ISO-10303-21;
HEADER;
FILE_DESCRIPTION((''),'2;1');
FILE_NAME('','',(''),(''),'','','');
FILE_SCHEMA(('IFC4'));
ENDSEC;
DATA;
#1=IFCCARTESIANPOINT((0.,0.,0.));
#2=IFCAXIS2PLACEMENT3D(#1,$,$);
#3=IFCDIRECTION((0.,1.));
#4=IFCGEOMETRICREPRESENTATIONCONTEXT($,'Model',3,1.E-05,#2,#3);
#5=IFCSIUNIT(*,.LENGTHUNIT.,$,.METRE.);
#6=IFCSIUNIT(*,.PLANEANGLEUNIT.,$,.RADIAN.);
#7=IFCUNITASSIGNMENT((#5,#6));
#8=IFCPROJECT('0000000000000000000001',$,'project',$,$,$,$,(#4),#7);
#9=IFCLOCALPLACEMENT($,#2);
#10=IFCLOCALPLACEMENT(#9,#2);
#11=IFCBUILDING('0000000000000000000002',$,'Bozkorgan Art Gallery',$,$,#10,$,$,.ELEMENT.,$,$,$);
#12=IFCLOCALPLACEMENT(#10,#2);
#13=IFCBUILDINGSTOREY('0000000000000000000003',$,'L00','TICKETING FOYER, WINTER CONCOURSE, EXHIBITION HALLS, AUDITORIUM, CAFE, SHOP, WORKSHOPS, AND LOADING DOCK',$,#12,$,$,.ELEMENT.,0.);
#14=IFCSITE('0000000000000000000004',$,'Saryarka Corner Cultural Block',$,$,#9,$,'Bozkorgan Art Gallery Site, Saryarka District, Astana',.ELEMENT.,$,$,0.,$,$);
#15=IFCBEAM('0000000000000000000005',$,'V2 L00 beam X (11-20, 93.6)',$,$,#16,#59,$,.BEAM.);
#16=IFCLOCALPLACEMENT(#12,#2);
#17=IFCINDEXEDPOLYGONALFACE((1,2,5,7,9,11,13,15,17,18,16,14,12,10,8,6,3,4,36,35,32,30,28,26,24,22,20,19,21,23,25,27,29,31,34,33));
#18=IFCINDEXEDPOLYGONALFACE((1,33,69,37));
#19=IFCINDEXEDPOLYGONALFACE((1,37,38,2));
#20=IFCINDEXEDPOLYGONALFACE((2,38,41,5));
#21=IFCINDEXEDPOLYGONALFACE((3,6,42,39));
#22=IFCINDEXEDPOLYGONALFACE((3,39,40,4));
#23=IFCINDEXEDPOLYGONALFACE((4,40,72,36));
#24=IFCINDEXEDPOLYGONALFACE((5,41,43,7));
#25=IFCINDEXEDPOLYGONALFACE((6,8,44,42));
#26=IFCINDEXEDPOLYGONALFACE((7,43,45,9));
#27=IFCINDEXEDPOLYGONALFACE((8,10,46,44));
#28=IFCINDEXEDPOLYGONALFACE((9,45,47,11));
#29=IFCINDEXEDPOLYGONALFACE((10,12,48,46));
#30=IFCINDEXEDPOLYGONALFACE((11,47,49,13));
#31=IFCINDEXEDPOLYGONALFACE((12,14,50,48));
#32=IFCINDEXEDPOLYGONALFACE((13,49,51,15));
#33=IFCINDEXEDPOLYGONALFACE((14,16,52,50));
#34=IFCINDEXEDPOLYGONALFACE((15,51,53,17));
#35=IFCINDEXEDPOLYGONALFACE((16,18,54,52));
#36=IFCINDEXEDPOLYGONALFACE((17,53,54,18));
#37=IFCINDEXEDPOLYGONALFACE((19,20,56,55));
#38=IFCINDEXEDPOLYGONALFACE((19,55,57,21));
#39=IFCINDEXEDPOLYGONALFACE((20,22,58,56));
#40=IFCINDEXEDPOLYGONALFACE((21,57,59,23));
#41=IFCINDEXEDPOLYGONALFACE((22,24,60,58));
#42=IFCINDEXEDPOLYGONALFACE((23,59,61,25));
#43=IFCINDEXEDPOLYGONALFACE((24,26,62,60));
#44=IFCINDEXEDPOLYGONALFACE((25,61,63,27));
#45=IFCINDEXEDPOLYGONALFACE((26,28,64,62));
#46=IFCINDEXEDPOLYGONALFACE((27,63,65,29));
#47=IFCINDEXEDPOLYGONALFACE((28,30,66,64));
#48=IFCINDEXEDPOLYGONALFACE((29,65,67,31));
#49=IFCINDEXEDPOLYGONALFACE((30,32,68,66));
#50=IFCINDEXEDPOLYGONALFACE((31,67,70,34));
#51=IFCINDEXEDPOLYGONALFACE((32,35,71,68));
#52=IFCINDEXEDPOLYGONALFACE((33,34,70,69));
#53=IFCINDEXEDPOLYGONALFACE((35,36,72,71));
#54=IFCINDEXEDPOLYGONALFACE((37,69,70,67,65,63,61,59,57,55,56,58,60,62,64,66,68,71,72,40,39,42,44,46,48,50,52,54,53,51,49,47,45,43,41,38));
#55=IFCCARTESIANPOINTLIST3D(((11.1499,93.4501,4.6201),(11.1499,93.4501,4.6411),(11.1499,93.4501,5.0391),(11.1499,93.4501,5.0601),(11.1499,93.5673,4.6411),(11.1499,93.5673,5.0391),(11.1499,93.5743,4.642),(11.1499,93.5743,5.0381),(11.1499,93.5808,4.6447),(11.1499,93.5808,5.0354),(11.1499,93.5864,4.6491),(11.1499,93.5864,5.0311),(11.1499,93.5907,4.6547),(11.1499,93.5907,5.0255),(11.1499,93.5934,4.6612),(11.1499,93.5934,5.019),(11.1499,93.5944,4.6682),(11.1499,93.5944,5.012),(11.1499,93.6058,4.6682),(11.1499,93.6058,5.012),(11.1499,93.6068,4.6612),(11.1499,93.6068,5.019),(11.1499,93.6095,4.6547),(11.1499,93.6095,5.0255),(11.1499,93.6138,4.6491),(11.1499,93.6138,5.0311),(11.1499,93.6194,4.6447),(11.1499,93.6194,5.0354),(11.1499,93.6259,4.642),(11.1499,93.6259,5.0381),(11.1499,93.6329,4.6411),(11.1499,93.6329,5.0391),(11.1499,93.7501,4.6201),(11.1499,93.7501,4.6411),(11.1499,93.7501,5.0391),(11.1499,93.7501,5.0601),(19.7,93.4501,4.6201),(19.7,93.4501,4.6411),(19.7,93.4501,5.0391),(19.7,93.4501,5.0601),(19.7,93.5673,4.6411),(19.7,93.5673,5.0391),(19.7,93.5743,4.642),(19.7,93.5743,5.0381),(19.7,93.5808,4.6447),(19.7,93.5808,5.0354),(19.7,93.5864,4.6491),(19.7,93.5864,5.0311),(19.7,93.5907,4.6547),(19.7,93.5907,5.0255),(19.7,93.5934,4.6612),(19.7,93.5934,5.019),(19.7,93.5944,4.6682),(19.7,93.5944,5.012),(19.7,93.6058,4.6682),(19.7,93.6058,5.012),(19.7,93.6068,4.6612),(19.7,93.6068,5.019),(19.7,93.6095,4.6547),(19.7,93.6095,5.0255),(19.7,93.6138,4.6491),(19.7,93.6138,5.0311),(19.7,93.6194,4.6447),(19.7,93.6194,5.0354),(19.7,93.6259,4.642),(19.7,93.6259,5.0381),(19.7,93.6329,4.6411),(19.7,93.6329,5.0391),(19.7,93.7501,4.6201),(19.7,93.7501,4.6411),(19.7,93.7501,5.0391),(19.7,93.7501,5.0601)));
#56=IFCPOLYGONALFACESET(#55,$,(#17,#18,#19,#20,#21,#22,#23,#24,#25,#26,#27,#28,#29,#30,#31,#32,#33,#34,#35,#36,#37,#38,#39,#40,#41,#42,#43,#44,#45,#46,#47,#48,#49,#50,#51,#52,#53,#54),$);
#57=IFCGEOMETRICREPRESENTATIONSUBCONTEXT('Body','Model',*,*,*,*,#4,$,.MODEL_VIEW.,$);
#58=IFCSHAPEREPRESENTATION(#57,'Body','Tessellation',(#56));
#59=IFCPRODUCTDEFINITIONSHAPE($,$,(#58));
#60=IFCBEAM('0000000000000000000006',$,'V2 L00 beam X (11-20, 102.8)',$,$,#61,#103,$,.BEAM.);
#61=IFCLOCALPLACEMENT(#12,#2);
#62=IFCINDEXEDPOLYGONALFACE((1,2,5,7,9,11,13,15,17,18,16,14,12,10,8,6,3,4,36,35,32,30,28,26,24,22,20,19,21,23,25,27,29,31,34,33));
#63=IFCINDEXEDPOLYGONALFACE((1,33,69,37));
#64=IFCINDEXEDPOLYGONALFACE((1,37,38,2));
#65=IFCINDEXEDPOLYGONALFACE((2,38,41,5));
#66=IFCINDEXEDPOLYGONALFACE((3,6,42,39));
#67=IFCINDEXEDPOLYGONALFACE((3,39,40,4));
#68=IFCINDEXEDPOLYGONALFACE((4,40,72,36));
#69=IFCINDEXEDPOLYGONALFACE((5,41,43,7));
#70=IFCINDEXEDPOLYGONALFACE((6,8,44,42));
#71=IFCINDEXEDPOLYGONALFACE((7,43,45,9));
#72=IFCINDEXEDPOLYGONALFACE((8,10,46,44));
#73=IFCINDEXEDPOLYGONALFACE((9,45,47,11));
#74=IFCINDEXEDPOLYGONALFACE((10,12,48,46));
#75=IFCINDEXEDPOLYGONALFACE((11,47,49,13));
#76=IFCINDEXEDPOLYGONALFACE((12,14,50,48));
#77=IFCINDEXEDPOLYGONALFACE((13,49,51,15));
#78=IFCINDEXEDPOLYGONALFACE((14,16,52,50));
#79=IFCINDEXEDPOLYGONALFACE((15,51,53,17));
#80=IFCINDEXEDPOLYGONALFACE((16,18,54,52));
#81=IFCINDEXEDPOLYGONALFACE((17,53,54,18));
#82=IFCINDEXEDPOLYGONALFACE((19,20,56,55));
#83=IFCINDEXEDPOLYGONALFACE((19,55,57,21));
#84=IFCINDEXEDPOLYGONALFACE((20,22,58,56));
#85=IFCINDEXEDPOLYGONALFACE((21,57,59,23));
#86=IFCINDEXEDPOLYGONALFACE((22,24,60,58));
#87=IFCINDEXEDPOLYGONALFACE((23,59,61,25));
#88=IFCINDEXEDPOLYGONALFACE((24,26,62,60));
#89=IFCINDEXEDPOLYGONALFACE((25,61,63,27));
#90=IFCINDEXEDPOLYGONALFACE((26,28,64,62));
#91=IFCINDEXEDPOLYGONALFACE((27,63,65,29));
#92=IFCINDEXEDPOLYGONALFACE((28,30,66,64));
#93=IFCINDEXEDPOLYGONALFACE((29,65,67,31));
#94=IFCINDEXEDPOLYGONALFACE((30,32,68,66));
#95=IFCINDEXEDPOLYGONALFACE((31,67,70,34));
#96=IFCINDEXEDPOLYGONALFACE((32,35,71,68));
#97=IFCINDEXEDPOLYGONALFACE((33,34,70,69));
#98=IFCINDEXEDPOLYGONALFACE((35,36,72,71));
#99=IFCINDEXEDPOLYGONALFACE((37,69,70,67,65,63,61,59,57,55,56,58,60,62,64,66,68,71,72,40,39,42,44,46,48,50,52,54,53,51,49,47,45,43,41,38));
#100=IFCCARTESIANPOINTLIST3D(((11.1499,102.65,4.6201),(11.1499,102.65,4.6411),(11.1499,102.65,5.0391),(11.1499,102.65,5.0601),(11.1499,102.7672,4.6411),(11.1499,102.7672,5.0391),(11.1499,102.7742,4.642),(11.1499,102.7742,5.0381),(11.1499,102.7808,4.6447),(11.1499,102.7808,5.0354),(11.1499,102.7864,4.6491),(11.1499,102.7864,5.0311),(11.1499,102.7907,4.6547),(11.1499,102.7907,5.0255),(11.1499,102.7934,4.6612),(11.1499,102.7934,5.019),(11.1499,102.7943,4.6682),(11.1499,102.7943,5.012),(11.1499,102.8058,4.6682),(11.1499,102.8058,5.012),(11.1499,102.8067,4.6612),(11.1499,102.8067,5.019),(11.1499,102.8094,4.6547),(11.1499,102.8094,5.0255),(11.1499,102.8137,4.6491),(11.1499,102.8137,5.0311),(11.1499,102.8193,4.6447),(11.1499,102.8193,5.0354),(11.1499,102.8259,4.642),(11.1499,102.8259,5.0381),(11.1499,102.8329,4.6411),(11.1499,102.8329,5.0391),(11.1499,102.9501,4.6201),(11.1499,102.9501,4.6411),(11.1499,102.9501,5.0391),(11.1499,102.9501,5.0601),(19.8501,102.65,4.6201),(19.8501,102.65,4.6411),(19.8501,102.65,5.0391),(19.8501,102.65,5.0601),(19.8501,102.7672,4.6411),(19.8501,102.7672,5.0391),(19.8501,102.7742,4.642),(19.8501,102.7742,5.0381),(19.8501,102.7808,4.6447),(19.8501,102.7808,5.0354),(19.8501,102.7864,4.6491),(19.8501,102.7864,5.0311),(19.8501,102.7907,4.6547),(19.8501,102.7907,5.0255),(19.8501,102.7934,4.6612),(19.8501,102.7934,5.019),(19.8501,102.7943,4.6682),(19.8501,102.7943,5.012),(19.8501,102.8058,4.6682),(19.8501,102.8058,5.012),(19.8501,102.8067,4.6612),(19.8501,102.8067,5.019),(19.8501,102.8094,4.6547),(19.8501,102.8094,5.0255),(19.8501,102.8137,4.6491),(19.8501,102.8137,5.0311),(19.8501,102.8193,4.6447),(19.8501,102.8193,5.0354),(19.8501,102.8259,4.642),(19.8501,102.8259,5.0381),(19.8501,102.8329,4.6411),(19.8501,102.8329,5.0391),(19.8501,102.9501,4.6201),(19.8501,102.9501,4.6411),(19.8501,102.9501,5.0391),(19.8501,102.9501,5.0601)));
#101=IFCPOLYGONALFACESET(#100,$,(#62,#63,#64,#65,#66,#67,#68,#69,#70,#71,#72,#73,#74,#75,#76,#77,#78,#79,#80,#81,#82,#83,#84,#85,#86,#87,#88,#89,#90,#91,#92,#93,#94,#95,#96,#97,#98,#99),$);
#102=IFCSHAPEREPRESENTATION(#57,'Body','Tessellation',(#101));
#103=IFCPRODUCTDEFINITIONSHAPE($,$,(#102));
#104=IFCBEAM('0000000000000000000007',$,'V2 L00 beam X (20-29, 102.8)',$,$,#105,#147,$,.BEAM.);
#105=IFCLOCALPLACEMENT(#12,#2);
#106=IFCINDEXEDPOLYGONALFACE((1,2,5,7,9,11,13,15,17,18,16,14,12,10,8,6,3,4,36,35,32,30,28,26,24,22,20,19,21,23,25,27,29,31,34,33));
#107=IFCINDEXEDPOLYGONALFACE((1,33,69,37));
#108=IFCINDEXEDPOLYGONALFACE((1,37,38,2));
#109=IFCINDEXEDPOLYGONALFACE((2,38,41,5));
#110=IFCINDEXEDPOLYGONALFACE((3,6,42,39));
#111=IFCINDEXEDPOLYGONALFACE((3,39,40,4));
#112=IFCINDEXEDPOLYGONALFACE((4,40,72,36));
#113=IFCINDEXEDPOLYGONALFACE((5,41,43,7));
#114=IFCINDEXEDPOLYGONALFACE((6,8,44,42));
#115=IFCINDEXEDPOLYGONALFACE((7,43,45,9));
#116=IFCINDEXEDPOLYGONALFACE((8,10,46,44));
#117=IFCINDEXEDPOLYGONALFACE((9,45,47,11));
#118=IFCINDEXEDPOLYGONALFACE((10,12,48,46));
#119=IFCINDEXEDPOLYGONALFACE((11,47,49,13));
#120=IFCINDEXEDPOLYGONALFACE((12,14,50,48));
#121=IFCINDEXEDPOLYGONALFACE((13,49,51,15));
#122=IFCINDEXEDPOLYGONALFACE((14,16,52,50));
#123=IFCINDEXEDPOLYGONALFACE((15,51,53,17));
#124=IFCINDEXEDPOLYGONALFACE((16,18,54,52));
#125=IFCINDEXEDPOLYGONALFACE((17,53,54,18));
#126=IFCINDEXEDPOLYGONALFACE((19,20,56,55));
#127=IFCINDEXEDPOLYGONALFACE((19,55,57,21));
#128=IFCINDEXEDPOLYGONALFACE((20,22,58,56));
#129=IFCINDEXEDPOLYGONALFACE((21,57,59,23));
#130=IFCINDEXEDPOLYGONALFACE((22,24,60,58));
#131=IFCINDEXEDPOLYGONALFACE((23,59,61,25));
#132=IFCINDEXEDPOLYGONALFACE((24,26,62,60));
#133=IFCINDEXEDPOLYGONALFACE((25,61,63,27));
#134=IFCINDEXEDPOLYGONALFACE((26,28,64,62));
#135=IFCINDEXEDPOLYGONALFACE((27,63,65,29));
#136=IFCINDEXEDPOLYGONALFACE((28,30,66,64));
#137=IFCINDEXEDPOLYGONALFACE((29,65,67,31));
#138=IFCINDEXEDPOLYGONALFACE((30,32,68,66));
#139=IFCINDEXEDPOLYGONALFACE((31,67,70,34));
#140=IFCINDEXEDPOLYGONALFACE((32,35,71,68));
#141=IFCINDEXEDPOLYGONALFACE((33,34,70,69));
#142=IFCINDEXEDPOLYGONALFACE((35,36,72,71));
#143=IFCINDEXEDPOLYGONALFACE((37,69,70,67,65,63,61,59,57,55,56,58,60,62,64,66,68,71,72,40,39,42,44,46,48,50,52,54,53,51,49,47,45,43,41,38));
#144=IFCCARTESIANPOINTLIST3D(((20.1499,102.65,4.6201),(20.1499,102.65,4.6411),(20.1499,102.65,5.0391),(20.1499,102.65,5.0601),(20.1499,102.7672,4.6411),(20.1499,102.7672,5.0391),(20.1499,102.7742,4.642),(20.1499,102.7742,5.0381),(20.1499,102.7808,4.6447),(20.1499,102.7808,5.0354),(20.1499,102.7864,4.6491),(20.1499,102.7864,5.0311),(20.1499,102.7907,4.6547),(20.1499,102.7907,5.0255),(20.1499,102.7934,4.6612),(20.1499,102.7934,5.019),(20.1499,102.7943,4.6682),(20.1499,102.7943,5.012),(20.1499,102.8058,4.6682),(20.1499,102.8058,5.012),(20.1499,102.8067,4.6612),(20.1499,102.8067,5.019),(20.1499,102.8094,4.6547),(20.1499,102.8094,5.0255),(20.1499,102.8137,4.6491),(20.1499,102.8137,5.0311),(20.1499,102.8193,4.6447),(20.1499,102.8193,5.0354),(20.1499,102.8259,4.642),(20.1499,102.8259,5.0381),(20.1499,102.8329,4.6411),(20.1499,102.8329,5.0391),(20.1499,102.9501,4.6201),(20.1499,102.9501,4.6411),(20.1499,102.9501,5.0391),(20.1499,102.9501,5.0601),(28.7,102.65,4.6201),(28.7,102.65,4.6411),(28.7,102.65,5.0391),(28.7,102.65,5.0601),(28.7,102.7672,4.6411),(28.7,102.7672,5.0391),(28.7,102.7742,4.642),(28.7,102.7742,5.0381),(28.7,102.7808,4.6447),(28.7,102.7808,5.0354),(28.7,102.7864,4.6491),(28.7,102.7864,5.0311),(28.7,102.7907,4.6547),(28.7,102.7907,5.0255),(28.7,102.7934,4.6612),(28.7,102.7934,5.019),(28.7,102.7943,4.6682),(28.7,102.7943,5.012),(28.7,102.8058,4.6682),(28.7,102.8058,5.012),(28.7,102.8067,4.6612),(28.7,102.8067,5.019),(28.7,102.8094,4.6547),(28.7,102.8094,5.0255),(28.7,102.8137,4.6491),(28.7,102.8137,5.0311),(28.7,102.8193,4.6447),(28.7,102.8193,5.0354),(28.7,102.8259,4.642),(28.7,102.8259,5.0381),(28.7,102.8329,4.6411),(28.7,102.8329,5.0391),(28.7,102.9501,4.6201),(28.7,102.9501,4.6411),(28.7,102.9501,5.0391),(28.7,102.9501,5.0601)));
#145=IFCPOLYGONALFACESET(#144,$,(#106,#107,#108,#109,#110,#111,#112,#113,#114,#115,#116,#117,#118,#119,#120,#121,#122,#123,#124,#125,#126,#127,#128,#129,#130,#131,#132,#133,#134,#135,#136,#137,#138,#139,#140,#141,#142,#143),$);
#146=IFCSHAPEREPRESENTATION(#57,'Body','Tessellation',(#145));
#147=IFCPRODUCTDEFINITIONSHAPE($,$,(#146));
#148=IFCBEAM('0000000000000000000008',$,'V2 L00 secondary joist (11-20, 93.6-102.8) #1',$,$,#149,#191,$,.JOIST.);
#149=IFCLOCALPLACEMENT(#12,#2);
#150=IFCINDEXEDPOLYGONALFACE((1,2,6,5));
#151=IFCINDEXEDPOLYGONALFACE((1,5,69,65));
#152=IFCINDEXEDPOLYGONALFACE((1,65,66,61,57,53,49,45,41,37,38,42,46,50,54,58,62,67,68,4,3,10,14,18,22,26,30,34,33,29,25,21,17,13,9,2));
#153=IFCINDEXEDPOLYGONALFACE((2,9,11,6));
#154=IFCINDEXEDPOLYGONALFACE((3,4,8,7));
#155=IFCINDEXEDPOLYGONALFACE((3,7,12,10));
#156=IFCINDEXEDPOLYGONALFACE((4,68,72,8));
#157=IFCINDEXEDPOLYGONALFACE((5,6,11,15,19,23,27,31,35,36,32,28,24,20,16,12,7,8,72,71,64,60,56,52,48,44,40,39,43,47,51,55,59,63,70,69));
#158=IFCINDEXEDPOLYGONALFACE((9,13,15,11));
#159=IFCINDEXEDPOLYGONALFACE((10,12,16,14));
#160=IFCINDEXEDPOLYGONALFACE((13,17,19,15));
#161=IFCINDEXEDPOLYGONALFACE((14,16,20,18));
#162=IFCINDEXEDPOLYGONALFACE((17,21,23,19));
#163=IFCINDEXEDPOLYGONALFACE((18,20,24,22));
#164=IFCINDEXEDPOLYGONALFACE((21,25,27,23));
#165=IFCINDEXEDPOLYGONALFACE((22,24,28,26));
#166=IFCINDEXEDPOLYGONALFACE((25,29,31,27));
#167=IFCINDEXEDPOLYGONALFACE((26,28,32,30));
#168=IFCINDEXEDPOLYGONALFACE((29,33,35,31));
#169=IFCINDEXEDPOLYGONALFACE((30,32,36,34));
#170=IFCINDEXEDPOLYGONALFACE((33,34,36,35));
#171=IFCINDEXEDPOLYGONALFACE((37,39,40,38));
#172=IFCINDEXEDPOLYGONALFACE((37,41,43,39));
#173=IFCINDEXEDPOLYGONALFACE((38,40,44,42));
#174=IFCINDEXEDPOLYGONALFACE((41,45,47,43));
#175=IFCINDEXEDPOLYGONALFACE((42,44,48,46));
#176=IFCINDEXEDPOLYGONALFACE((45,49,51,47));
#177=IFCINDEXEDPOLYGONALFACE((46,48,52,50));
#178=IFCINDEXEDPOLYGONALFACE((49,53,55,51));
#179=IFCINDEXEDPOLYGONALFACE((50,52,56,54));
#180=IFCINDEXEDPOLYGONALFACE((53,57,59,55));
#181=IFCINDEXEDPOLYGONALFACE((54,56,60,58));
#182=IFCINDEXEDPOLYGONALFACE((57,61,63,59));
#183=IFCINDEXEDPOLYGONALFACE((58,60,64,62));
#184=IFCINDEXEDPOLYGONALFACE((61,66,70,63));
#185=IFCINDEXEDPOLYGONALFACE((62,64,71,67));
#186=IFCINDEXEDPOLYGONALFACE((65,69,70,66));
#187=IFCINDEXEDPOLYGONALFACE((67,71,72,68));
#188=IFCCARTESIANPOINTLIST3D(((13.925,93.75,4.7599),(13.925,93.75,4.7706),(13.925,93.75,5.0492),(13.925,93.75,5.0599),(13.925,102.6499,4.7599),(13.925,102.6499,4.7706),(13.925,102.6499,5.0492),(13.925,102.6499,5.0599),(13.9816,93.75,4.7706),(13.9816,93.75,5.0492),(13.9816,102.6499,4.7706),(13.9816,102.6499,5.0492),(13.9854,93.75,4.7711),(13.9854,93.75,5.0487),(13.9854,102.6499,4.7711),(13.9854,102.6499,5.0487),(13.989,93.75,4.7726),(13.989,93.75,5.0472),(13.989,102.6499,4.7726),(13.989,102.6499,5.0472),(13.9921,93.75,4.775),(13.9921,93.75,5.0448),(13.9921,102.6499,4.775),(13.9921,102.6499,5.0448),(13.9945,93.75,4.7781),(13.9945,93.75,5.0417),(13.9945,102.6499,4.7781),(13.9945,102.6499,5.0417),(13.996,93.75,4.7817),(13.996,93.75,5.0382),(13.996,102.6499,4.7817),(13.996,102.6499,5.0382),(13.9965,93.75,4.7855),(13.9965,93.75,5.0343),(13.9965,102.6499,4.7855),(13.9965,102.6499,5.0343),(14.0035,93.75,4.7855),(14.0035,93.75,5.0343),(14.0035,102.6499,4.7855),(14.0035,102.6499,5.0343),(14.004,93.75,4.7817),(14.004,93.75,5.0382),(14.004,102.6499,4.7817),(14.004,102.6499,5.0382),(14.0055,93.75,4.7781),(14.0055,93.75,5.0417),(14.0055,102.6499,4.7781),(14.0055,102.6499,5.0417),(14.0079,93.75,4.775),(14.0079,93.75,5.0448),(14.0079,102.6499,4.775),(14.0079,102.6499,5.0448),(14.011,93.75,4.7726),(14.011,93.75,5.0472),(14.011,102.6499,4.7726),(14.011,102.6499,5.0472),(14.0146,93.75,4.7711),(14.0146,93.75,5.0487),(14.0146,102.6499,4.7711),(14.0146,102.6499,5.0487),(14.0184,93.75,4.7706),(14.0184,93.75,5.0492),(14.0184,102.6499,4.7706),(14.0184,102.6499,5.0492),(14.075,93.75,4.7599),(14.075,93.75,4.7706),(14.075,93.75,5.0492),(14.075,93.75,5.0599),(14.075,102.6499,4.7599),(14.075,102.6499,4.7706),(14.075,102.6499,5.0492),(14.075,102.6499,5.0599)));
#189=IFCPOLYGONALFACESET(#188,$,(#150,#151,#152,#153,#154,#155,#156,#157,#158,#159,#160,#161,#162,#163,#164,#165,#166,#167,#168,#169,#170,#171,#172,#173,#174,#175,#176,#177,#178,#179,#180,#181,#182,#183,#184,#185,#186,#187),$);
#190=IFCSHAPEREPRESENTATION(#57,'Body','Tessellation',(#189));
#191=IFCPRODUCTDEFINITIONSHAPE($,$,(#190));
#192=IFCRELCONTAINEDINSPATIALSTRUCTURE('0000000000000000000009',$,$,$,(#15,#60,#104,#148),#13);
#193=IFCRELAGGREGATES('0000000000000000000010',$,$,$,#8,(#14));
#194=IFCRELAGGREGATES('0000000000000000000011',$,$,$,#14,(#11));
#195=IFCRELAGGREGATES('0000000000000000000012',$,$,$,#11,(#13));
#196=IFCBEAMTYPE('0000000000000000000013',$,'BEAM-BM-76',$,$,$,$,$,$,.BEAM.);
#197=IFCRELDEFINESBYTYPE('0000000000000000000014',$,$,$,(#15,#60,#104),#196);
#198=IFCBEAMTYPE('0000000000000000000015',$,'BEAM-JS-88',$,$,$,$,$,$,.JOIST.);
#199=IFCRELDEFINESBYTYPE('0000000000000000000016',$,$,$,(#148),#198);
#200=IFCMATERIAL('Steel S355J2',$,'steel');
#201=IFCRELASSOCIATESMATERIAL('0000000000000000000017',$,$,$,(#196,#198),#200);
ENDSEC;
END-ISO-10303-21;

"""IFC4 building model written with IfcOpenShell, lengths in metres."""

from ifc_helpers import new_model, si_unit, direction, frame, origin, origin_2d, place, context, subcontext, project, spatial, i_section, extrude, material, material_profile, profile_set, type_object, element, save


model = new_model("IFC4")

# Units and contexts
model_context = context("Model", 3, precision=1e-05, world=origin(), true_north=direction((0.0, 1.0)))
body_context = subcontext(model_context, "Body", "Model", "MODEL_VIEW")
ifc_project = project(units=[si_unit("LENGTHUNIT", "METRE"), si_unit("PLANEANGLEUNIT", "RADIAN")], contexts=[model_context])

# Site, building, storey
site_placement = place(None, origin())
site = spatial("IfcSite", under=ifc_project, at=site_placement, Name="Saryarka Corner Cultural Block", LongName="Bozkorgan Art Gallery Site, Saryarka District, Astana", CompositionType="ELEMENT", RefElevation=0.0)
building_placement = place(site_placement, origin())
building = spatial("IfcBuilding", under=site, at=building_placement, Name="Bozkorgan Art Gallery", CompositionType="ELEMENT")
storey_placement = place(building_placement, origin())
storey = spatial("IfcBuildingStorey", under=building, at=storey_placement, Name="L00", Description="TICKETING FOYER, WINTER CONCOURSE, EXHIBITION HALLS, AUDITORIUM, CAFE, SHOP, WORKSHOPS, AND LOADING DOCK", CompositionType="ELEMENT", Elevation=0.0)

# Shared definitions
ifc_material_1 = material(Name="Steel S355J2", Category="steel")

# Beams
ifc_material_profile_1 = material_profile(ifc_material_1, i_section(OverallWidth=0.3, OverallDepth=0.4399, WebThickness=0.0115, FlangeThickness=0.021, FilletRadius=0.0271, at=origin_2d()), Name="HEA 450")
ifc_profile_set_1 = profile_set([ifc_material_profile_1], Name="Steel S355J2")
beam_type_1 = type_object("IfcBeamType", Name="BEAM-BM-76", PredefinedType="BEAM", material=ifc_profile_set_1)
beam_1_placement = place(storey_placement, frame((11.1499, 93.6001, 4.8401), z_axis=(1.0, 0.0, 0.0), x_axis=(0.0, 1.0, 0.0)))
element("IfcBeam", 1, at=beam_1_placement, inside=storey, type_object=beam_type_1, Name="V2 L00 beam X (11-20, 93.6)", PredefinedType="BEAM", context=body_context, shape_type="SweptSolid", body=[
    extrude(i_section(OverallWidth=0.3, OverallDepth=0.4399, WebThickness=0.0115, FlangeThickness=0.021, FilletRadius=0.0271, at=origin_2d()), origin(), (0.0, 0.0, 1.0), 8.55),
])
beam_2_placement = place(storey_placement, frame((11.1499, 102.8, 4.8401), z_axis=(1.0, 0.0, 0.0), x_axis=(0.0, 1.0, 0.0)))
element("IfcBeam", 2, at=beam_2_placement, inside=storey, type_object=beam_type_1, Name="V2 L00 beam X (11-20, 102.8)", PredefinedType="BEAM", context=body_context, shape_type="SweptSolid", body=[
    extrude(i_section(OverallWidth=0.3, OverallDepth=0.4399, WebThickness=0.0115, FlangeThickness=0.021, FilletRadius=0.0271, at=origin_2d()), origin(), (0.0, 0.0, 1.0), 8.7002),
])
beam_3_placement = place(storey_placement, frame((20.1499, 102.8, 4.8401), z_axis=(1.0, 0.0, 0.0), x_axis=(0.0, 1.0, 0.0)))
element("IfcBeam", 3, at=beam_3_placement, inside=storey, type_object=beam_type_1, Name="V2 L00 beam X (20-29, 102.8)", PredefinedType="BEAM", context=body_context, shape_type="SweptSolid", body=[
    extrude(i_section(OverallWidth=0.3, OverallDepth=0.4399, WebThickness=0.0115, FlangeThickness=0.021, FilletRadius=0.0271, at=origin_2d()), origin(), (0.0, 0.0, 1.0), 8.55),
])
ifc_material_profile_2 = material_profile(ifc_material_1, i_section(OverallWidth=0.1499, OverallDepth=0.3, WebThickness=0.0071, FlangeThickness=0.0107, FilletRadius=0.0149, at=origin_2d()), Name="IPE 300")
ifc_profile_set_2 = profile_set([ifc_material_profile_2], Name="Steel S355J2")
beam_type_2 = type_object("IfcBeamType", Name="BEAM-JS-88", PredefinedType="JOIST", material=ifc_profile_set_2)
for number, where, z_axis, x_axis, name in (
    (4, (14.0, 93.75, 4.9099), (0.0, 1.0, 0.0), (-1.0, 0.0, 0.0), "V2 L00 secondary joist (11-20, 93.6-102.8) #1"),
):
    element("IfcBeam", number, at=place(storey_placement, frame(where, z_axis=z_axis, x_axis=x_axis)), inside=storey, type_object=beam_type_2, Name=name, PredefinedType="JOIST", context=body_context, shape_type="SweptSolid", body=[
        extrude(i_section(OverallWidth=0.1499, OverallDepth=0.3, WebThickness=0.0071, FlangeThickness=0.0107, FilletRadius=0.0149, at=origin_2d()), origin(), (0.0, 0.0, 1.0), 8.8999),
    ])

save(model, "model.ifc")
